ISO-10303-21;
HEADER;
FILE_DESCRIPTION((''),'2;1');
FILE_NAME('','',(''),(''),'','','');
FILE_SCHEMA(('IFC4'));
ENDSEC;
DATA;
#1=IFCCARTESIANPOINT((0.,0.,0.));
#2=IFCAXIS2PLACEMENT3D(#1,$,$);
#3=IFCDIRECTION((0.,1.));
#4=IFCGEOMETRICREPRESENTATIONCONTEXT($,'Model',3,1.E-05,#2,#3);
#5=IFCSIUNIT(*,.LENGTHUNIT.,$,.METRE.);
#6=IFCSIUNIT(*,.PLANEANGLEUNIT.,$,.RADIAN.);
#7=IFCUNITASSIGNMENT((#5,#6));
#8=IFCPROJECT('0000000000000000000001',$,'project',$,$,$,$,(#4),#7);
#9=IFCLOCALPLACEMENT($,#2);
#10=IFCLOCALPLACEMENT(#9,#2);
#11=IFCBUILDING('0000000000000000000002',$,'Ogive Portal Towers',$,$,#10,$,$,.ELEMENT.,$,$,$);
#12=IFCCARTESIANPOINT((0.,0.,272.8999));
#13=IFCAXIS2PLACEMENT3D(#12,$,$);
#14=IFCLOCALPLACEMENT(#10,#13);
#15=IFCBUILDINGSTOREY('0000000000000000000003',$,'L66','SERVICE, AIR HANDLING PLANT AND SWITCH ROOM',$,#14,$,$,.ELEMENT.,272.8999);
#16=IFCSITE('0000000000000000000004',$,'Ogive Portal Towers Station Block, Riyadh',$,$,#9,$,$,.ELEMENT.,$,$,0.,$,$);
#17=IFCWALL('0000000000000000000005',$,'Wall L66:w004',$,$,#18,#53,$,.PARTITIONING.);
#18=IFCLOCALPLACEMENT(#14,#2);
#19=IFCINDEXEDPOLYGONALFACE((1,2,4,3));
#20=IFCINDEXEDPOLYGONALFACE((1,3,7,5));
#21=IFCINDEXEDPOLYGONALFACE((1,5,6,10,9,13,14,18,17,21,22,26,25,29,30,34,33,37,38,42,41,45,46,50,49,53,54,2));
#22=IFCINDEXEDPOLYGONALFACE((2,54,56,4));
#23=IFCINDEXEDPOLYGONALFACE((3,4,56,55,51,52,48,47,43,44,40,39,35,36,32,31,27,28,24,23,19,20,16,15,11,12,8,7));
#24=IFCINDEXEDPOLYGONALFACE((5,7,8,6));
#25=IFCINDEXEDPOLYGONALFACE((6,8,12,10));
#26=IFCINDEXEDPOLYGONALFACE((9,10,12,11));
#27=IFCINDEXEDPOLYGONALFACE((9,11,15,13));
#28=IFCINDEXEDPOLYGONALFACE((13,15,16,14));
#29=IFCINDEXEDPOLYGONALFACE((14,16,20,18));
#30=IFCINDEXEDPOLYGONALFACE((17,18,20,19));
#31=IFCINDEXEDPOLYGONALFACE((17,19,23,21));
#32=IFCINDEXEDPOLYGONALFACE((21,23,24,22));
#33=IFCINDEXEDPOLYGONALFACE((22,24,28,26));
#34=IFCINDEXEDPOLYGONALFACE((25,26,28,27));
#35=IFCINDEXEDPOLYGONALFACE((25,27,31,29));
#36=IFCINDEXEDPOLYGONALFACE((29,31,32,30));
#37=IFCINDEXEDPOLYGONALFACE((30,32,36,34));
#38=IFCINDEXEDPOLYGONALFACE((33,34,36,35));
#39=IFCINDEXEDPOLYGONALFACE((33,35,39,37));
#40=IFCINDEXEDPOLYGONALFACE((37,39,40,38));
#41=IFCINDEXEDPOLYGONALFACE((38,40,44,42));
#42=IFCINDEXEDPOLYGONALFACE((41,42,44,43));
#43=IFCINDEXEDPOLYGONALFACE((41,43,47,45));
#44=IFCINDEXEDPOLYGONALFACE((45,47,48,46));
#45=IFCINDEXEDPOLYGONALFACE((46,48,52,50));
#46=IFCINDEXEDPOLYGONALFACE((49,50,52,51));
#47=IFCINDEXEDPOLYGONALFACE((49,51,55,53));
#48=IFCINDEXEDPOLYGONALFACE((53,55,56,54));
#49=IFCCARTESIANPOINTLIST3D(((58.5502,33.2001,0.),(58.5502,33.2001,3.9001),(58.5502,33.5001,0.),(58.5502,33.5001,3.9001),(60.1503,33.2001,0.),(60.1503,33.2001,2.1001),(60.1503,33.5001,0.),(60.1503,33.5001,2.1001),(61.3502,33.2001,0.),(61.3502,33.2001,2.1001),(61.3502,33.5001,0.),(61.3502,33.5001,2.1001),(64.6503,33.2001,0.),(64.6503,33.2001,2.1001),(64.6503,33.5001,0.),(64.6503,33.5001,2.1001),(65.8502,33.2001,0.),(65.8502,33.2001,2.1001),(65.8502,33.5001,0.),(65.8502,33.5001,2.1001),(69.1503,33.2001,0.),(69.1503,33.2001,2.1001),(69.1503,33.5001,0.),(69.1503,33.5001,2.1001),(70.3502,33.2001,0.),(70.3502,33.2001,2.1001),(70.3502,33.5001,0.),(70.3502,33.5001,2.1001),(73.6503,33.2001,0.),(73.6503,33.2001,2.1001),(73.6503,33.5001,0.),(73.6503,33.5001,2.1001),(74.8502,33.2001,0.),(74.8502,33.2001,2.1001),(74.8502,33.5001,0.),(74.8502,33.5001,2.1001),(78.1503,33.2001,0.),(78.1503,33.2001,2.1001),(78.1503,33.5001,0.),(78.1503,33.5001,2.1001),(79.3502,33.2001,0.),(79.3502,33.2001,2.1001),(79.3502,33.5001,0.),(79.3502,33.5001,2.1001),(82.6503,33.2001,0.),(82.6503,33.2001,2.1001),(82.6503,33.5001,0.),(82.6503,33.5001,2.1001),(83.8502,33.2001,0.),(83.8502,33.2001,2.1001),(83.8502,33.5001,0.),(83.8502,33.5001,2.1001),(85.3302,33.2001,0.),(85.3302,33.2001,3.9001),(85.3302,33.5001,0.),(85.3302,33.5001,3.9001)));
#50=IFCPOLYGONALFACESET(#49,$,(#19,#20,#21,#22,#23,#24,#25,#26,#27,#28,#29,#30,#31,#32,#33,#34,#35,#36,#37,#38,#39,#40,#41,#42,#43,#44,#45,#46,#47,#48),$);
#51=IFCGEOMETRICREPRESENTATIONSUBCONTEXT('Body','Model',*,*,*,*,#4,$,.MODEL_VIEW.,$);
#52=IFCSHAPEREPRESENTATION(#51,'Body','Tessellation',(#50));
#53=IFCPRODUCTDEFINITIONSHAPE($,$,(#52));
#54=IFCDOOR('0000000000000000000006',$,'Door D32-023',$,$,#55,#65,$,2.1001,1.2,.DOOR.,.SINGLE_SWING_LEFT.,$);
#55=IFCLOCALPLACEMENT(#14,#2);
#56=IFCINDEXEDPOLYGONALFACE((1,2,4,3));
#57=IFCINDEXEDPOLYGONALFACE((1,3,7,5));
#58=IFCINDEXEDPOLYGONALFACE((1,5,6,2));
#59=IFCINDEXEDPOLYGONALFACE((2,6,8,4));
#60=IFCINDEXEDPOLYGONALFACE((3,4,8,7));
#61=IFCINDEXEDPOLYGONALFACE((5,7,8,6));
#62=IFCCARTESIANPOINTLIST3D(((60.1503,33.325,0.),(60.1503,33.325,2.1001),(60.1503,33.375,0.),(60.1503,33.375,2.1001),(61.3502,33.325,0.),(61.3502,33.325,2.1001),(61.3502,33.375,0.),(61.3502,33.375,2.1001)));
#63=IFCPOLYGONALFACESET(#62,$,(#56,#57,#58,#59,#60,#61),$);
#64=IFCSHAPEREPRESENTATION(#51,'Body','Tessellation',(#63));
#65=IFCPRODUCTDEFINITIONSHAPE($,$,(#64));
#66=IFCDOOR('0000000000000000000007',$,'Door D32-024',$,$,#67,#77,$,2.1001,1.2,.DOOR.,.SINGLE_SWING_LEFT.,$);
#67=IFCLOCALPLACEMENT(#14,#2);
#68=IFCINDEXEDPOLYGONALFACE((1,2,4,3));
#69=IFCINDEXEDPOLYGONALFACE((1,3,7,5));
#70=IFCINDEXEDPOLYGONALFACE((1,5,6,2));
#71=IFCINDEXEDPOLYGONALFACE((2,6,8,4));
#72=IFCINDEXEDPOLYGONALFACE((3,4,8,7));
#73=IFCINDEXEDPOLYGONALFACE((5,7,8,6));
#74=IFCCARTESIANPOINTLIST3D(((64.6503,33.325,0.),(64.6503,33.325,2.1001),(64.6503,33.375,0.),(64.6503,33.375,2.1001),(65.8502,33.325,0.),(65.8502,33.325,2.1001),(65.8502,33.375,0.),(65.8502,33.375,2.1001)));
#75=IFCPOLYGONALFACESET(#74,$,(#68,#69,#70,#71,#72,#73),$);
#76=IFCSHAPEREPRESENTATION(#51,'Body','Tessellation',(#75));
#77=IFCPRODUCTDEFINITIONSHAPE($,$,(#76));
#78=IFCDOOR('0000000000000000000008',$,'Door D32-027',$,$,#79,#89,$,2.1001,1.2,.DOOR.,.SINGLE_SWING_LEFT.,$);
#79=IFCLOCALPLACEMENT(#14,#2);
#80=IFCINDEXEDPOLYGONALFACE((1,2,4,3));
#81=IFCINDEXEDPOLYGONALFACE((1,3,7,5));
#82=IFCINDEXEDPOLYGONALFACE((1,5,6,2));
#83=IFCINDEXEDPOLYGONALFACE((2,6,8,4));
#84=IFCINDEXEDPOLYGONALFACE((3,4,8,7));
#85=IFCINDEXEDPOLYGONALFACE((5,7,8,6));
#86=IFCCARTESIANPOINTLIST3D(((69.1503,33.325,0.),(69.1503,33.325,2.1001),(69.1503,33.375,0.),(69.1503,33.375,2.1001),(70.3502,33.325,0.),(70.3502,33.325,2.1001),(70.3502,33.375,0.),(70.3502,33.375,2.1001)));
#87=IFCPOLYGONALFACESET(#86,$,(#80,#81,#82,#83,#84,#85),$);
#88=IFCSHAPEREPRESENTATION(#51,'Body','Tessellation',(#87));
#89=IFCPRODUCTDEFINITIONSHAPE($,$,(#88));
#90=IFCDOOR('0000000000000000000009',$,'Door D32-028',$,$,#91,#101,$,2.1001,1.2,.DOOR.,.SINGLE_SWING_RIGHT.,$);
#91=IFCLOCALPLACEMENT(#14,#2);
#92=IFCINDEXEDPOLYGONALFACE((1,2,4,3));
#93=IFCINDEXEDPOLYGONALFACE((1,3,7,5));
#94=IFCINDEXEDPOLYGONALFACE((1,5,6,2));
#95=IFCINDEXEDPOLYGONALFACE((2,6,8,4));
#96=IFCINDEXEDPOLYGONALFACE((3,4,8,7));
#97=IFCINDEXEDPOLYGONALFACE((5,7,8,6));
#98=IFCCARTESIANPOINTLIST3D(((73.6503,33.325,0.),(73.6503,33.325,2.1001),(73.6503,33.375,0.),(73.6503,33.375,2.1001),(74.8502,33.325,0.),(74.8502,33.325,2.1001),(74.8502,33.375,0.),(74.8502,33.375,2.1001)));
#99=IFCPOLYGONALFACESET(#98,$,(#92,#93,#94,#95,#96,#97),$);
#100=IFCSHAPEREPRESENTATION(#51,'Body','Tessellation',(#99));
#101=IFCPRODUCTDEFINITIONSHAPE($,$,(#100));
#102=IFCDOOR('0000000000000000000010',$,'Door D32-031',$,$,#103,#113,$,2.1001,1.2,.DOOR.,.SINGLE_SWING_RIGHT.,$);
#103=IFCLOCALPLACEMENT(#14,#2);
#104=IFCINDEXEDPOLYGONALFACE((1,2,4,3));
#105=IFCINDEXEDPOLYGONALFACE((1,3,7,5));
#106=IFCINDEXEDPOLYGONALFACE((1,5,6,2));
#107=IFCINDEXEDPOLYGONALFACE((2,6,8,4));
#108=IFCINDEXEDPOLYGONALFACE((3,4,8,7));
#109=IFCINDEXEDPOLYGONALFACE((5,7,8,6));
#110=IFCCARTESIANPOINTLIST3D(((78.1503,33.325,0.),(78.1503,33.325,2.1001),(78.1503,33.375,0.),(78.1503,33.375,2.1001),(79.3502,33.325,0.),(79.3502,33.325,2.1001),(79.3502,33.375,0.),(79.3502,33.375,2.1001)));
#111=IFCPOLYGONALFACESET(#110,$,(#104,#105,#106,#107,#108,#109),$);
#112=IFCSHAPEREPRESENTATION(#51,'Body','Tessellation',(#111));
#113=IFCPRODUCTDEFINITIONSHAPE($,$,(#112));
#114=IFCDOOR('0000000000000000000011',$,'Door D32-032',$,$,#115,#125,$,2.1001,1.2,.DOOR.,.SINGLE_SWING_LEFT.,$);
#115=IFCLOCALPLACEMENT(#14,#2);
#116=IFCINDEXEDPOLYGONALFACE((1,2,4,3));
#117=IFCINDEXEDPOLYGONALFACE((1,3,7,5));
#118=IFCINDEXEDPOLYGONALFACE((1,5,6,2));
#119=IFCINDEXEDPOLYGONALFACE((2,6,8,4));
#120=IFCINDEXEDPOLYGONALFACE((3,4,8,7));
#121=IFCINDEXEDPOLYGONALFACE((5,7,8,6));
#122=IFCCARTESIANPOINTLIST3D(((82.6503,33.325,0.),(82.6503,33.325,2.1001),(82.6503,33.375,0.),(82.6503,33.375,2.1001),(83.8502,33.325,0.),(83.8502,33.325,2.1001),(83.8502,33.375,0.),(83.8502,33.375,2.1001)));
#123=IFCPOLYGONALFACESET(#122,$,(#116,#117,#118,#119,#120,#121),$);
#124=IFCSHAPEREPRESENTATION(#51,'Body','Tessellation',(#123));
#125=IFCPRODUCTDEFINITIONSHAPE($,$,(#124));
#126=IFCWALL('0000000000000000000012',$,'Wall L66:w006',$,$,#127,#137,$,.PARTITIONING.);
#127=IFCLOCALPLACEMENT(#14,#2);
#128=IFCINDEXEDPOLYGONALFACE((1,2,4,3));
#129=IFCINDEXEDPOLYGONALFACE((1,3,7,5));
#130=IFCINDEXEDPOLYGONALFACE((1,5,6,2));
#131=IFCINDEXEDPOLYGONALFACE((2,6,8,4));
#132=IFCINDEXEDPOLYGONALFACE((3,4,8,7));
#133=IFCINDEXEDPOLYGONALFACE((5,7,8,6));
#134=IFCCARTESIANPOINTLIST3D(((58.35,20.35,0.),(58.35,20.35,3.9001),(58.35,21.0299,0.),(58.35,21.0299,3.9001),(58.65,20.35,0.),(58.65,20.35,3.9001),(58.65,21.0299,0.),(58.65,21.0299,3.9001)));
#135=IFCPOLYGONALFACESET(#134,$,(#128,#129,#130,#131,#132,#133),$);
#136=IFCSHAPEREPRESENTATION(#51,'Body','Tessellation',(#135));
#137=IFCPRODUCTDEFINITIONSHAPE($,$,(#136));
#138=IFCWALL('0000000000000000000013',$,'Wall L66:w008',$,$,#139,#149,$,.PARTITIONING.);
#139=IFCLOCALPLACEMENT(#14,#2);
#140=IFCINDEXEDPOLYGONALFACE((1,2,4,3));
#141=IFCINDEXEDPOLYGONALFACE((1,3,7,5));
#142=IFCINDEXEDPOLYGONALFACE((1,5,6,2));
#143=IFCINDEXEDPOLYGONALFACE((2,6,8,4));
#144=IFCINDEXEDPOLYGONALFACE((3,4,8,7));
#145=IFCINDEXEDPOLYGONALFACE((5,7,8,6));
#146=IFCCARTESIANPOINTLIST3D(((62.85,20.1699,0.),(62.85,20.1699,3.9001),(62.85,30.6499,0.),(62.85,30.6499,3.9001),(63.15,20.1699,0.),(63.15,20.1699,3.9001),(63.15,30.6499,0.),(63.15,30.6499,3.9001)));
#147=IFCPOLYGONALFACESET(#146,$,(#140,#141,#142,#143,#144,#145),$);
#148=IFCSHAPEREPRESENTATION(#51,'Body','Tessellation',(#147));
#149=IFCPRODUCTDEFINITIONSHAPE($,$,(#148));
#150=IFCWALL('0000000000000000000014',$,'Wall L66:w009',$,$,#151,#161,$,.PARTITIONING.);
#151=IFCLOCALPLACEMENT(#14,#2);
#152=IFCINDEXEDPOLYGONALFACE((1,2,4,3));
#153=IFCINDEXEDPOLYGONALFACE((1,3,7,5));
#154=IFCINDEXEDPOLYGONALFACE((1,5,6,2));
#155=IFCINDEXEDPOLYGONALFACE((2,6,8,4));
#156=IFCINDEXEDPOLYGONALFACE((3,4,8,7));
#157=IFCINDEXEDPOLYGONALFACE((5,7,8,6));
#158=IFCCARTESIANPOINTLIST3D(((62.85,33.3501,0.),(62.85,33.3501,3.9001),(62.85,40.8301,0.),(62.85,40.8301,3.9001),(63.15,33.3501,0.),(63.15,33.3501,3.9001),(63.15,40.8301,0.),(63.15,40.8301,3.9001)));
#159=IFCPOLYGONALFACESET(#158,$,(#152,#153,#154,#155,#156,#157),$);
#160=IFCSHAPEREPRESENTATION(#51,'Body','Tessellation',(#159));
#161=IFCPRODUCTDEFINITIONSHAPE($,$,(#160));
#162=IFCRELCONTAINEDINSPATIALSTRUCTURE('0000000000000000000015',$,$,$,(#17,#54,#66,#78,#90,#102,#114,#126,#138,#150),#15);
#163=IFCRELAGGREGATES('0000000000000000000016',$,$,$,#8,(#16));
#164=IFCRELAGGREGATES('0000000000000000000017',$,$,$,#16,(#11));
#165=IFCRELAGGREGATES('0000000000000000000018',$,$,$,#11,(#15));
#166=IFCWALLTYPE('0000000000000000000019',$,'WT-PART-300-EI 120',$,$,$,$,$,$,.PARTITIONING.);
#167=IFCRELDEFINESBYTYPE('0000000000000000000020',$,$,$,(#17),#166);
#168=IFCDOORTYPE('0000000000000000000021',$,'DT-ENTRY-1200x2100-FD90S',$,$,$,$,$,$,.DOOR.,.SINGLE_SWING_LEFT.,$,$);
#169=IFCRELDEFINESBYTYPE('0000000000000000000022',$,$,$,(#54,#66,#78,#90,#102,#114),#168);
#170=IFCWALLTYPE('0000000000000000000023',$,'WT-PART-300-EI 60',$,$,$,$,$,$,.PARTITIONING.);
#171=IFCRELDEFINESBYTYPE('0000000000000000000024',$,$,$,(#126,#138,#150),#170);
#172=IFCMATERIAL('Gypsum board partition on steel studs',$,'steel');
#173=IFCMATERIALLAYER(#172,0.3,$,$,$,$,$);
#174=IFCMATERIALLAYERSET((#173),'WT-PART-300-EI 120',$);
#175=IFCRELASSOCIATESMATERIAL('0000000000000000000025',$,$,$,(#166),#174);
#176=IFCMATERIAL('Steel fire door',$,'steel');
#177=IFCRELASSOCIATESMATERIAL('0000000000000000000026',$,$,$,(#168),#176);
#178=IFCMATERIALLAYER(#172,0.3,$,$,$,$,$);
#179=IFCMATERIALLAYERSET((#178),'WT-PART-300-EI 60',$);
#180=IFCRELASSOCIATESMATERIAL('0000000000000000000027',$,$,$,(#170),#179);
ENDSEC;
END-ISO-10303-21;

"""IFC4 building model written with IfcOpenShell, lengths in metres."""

from ifc_helpers import new_model, si_unit, direction, frame, frame_2d, origin, place, context, subcontext, project, spatial, rectangle, extrude, material, layer, layer_set, type_object, element, fill, save


model = new_model("IFC4")

# Units and contexts
model_context = context("Model", 3, precision=1e-05, world=origin(), true_north=direction((0.0, 1.0)))
body_context = subcontext(model_context, "Body", "Model", "MODEL_VIEW")
ifc_project = project(units=[si_unit("LENGTHUNIT", "METRE"), si_unit("PLANEANGLEUNIT", "RADIAN")], contexts=[model_context])

# Site, building, storey
site_placement = place(None, origin())
site = spatial("IfcSite", under=ifc_project, at=site_placement, Name="Ogive Portal Towers Station Block, Riyadh", CompositionType="ELEMENT", RefElevation=0.0)
building_placement = place(site_placement, origin())
building = spatial("IfcBuilding", under=site, at=building_placement, Name="Ogive Portal Towers", CompositionType="ELEMENT")
storey_placement = place(building_placement, frame((0.0, 0.0, 272.8999)))
storey = spatial("IfcBuildingStorey", under=building, at=storey_placement, Name="L66", Description="SERVICE, AIR HANDLING PLANT AND SWITCH ROOM", CompositionType="ELEMENT", Elevation=272.8999)

# Shared definitions
ifc_material_1 = material(Name="Steel fire door", Category="steel")

# Wall, openings, doors
ifc_material_2 = material(Name="Gypsum board partition on steel studs", Category="steel")
ifc_layer_1 = layer(ifc_material_2, 0.3)
ifc_layer_set_1 = layer_set([ifc_layer_1], Name="WT-PART-300-EI 120")
wall_type_1 = type_object("IfcWallType", Name="WT-PART-300-EI 120", PredefinedType="PARTITIONING", material=ifc_layer_set_1)
door_type_1 = type_object("IfcDoorType", Name="DT-ENTRY-1200x2100-FD90S", OperationType="SINGLE_SWING_LEFT", PredefinedType="DOOR", material=ifc_material_1)
wall_1_placement = place(storey_placement, frame((58.55, 33.3501, 0.0), z_axis=(0.0, 0.0, 1.0), x_axis=(1.0, 0.0, 0.0)))
wall_1 = element("IfcWall", 1, at=wall_1_placement, inside=storey, type_object=wall_type_1, Name="Wall L66:w004", PredefinedType="PARTITIONING", context=body_context, shape_type="SweptSolid", body=[
    extrude(rectangle(XDim=26.78, YDim=0.3, at=frame_2d((13.3901, 0.0))), origin(), (0.0, 0.0, 1.0), 3.9001),
])
opening_1_placement = place(wall_1_placement, frame((1.6001, 0.0, 0.0)))
opening_1 = element("IfcOpeningElement", 2, at=opening_1_placement, cuts=wall_1, PredefinedType="OPENING", context=body_context, shape_type="SweptSolid", body=[
    extrude(rectangle(XDim=1.2, YDim=2.1001, at=frame_2d((0.6001, 1.05))), frame((0.0, 0.1602, 0.0), z_axis=(0.0, -1.0, 0.0), x_axis=(1.0, 0.0, 0.0)), (0.0, 0.0, 1.0), 0.3201),
])
opening_2_placement = place(wall_1_placement, frame((6.1001, 0.0, 0.0)))
opening_2 = element("IfcOpeningElement", 3, at=opening_2_placement, cuts=wall_1, PredefinedType="OPENING", context=body_context, shape_type="SweptSolid", body=[
    extrude(rectangle(XDim=1.2, YDim=2.1001, at=frame_2d((0.6001, 1.05))), frame((0.0, 0.1602, 0.0), z_axis=(0.0, -1.0, 0.0), x_axis=(1.0, 0.0, 0.0)), (0.0, 0.0, 1.0), 0.3201),
])
opening_3_placement = place(wall_1_placement, frame((10.6001, 0.0, 0.0)))
opening_3 = element("IfcOpeningElement", 4, at=opening_3_placement, cuts=wall_1, PredefinedType="OPENING", context=body_context, shape_type="SweptSolid", body=[
    extrude(rectangle(XDim=1.2, YDim=2.1001, at=frame_2d((0.6001, 1.05))), frame((0.0, 0.1602, 0.0), z_axis=(0.0, -1.0, 0.0), x_axis=(1.0, 0.0, 0.0)), (0.0, 0.0, 1.0), 0.3201),
])
opening_4_placement = place(wall_1_placement, frame((15.1001, 0.0, 0.0)))
opening_4 = element("IfcOpeningElement", 5, at=opening_4_placement, cuts=wall_1, PredefinedType="OPENING", context=body_context, shape_type="SweptSolid", body=[
    extrude(rectangle(XDim=1.2, YDim=2.1001, at=frame_2d((0.6001, 1.05))), frame((0.0, 0.1602, 0.0), z_axis=(0.0, -1.0, 0.0), x_axis=(1.0, 0.0, 0.0)), (0.0, 0.0, 1.0), 0.3201),
])
opening_5_placement = place(wall_1_placement, frame((19.6001, 0.0, 0.0)))
opening_5 = element("IfcOpeningElement", 6, at=opening_5_placement, cuts=wall_1, PredefinedType="OPENING", context=body_context, shape_type="SweptSolid", body=[
    extrude(rectangle(XDim=1.2, YDim=2.1001, at=frame_2d((0.6001, 1.05))), frame((0.0, 0.1602, 0.0), z_axis=(0.0, -1.0, 0.0), x_axis=(1.0, 0.0, 0.0)), (0.0, 0.0, 1.0), 0.3201),
])
opening_6_placement = place(wall_1_placement, frame((24.1001, 0.0, 0.0)))
opening_6 = element("IfcOpeningElement", 7, at=opening_6_placement, cuts=wall_1, PredefinedType="OPENING", context=body_context, shape_type="SweptSolid", body=[
    extrude(rectangle(XDim=1.2, YDim=2.1001, at=frame_2d((0.6001, 1.05))), frame((0.0, 0.1602, 0.0), z_axis=(0.0, -1.0, 0.0), x_axis=(1.0, 0.0, 0.0)), (0.0, 0.0, 1.0), 0.3201),
])
door_1_placement = place(opening_1_placement, origin())
door_1 = element("IfcDoor", 8, at=door_1_placement, inside=storey, type_object=door_type_1, Name="Door D32-023", OperationType="SINGLE_SWING_LEFT", OverallHeight=2.1001, OverallWidth=1.2, PredefinedType="DOOR", context=body_context, shape_type="SweptSolid", body=[
    extrude(rectangle(XDim=1.2, YDim=2.1001, at=frame_2d((0.6001, 1.05))), frame((0.0, 0.0249, 0.0), z_axis=(0.0, -1.0, 0.0), x_axis=(1.0, 0.0, 0.0)), (0.0, 0.0, 1.0), 0.05),
])
fill(opening_1, door_1)
door_2_placement = place(opening_2_placement, origin())
door_2 = element("IfcDoor", 9, at=door_2_placement, inside=storey, type_object=door_type_1, Name="Door D32-024", OperationType="SINGLE_SWING_LEFT", OverallHeight=2.1001, OverallWidth=1.2, PredefinedType="DOOR", context=body_context, shape_type="SweptSolid", body=[
    extrude(rectangle(XDim=1.2, YDim=2.1001, at=frame_2d((0.6001, 1.05))), frame((0.0, 0.0249, 0.0), z_axis=(0.0, -1.0, 0.0), x_axis=(1.0, 0.0, 0.0)), (0.0, 0.0, 1.0), 0.05),
])
fill(opening_2, door_2)
door_3_placement = place(opening_3_placement, origin())
door_3 = element("IfcDoor", 10, at=door_3_placement, inside=storey, type_object=door_type_1, Name="Door D32-027", OperationType="SINGLE_SWING_LEFT", OverallHeight=2.1001, OverallWidth=1.2, PredefinedType="DOOR", context=body_context, shape_type="SweptSolid", body=[
    extrude(rectangle(XDim=1.2, YDim=2.1001, at=frame_2d((0.6001, 1.05))), frame((0.0, 0.0249, 0.0), z_axis=(0.0, -1.0, 0.0), x_axis=(1.0, 0.0, 0.0)), (0.0, 0.0, 1.0), 0.05),
])
fill(opening_3, door_3)
door_4_placement = place(opening_4_placement, origin())
door_4 = element("IfcDoor", 11, at=door_4_placement, inside=storey, type_object=door_type_1, Name="Door D32-028", OperationType="SINGLE_SWING_RIGHT", OverallHeight=2.1001, OverallWidth=1.2, PredefinedType="DOOR", context=body_context, shape_type="SweptSolid", body=[
    extrude(rectangle(XDim=1.2, YDim=2.1001, at=frame_2d((0.6001, 1.05))), frame((0.0, 0.0249, 0.0), z_axis=(0.0, -1.0, 0.0), x_axis=(1.0, 0.0, 0.0)), (0.0, 0.0, 1.0), 0.05),
])
fill(opening_4, door_4)
door_5_placement = place(opening_5_placement, origin())
door_5 = element("IfcDoor", 12, at=door_5_placement, inside=storey, type_object=door_type_1, Name="Door D32-031", OperationType="SINGLE_SWING_RIGHT", OverallHeight=2.1001, OverallWidth=1.2, PredefinedType="DOOR", context=body_context, shape_type="SweptSolid", body=[
    extrude(rectangle(XDim=1.2, YDim=2.1001, at=frame_2d((0.6001, 1.05))), frame((0.0, 0.0249, 0.0), z_axis=(0.0, -1.0, 0.0), x_axis=(1.0, 0.0, 0.0)), (0.0, 0.0, 1.0), 0.05),
])
fill(opening_5, door_5)
door_6_placement = place(opening_6_placement, origin())
door_6 = element("IfcDoor", 13, at=door_6_placement, inside=storey, type_object=door_type_1, Name="Door D32-032", OperationType="SINGLE_SWING_LEFT", OverallHeight=2.1001, OverallWidth=1.2, PredefinedType="DOOR", context=body_context, shape_type="SweptSolid", body=[
    extrude(rectangle(XDim=1.2, YDim=2.1001, at=frame_2d((0.6001, 1.05))), frame((0.0, 0.0249, 0.0), z_axis=(0.0, -1.0, 0.0), x_axis=(1.0, 0.0, 0.0)), (0.0, 0.0, 1.0), 0.05),
])
fill(opening_6, door_6)

# Walls
ifc_layer_2 = layer(ifc_material_2, 0.3)
ifc_layer_set_2 = layer_set([ifc_layer_2], Name="WT-PART-300-EI 60")
wall_type_2 = type_object("IfcWallType", Name="WT-PART-300-EI 60", PredefinedType="PARTITIONING", material=ifc_layer_set_2)
wall_2_placement = place(storey_placement, frame((58.5, 20.3501, 0.0), z_axis=(0.0, 0.0, 1.0), x_axis=(0.0, 1.0, 0.0)))
element("IfcWall", 14, at=wall_2_placement, inside=storey, type_object=wall_type_2, Name="Wall L66:w006", PredefinedType="PARTITIONING", context=body_context, shape_type="SweptSolid", body=[
    extrude(rectangle(XDim=0.6799, YDim=0.3, at=frame_2d((0.3398, 0.0))), origin(), (0.0, 0.0, 1.0), 3.9001),
])
wall_3_placement = place(storey_placement, frame((63.0, 20.1699, 0.0), z_axis=(0.0, 0.0, 1.0), x_axis=(0.0, 1.0, 0.0)))
element("IfcWall", 15, at=wall_3_placement, inside=storey, type_object=wall_type_2, Name="Wall L66:w008", PredefinedType="PARTITIONING", context=body_context, shape_type="SweptSolid", body=[
    extrude(rectangle(XDim=10.48, YDim=0.3, at=frame_2d((5.24, 0.0))), origin(), (0.0, 0.0, 1.0), 3.9001),
])
wall_4_placement = place(storey_placement, frame((63.0, 33.3501, 0.0), z_axis=(0.0, 0.0, 1.0), x_axis=(0.0, 1.0, 0.0)))
element("IfcWall", 16, at=wall_4_placement, inside=storey, type_object=wall_type_2, Name="Wall L66:w009", PredefinedType="PARTITIONING", context=body_context, shape_type="SweptSolid", body=[
    extrude(rectangle(XDim=7.48, YDim=0.3, at=frame_2d((3.74, 0.0))), origin(), (0.0, 0.0, 1.0), 3.9001),
])

save(model, "model.ifc")
